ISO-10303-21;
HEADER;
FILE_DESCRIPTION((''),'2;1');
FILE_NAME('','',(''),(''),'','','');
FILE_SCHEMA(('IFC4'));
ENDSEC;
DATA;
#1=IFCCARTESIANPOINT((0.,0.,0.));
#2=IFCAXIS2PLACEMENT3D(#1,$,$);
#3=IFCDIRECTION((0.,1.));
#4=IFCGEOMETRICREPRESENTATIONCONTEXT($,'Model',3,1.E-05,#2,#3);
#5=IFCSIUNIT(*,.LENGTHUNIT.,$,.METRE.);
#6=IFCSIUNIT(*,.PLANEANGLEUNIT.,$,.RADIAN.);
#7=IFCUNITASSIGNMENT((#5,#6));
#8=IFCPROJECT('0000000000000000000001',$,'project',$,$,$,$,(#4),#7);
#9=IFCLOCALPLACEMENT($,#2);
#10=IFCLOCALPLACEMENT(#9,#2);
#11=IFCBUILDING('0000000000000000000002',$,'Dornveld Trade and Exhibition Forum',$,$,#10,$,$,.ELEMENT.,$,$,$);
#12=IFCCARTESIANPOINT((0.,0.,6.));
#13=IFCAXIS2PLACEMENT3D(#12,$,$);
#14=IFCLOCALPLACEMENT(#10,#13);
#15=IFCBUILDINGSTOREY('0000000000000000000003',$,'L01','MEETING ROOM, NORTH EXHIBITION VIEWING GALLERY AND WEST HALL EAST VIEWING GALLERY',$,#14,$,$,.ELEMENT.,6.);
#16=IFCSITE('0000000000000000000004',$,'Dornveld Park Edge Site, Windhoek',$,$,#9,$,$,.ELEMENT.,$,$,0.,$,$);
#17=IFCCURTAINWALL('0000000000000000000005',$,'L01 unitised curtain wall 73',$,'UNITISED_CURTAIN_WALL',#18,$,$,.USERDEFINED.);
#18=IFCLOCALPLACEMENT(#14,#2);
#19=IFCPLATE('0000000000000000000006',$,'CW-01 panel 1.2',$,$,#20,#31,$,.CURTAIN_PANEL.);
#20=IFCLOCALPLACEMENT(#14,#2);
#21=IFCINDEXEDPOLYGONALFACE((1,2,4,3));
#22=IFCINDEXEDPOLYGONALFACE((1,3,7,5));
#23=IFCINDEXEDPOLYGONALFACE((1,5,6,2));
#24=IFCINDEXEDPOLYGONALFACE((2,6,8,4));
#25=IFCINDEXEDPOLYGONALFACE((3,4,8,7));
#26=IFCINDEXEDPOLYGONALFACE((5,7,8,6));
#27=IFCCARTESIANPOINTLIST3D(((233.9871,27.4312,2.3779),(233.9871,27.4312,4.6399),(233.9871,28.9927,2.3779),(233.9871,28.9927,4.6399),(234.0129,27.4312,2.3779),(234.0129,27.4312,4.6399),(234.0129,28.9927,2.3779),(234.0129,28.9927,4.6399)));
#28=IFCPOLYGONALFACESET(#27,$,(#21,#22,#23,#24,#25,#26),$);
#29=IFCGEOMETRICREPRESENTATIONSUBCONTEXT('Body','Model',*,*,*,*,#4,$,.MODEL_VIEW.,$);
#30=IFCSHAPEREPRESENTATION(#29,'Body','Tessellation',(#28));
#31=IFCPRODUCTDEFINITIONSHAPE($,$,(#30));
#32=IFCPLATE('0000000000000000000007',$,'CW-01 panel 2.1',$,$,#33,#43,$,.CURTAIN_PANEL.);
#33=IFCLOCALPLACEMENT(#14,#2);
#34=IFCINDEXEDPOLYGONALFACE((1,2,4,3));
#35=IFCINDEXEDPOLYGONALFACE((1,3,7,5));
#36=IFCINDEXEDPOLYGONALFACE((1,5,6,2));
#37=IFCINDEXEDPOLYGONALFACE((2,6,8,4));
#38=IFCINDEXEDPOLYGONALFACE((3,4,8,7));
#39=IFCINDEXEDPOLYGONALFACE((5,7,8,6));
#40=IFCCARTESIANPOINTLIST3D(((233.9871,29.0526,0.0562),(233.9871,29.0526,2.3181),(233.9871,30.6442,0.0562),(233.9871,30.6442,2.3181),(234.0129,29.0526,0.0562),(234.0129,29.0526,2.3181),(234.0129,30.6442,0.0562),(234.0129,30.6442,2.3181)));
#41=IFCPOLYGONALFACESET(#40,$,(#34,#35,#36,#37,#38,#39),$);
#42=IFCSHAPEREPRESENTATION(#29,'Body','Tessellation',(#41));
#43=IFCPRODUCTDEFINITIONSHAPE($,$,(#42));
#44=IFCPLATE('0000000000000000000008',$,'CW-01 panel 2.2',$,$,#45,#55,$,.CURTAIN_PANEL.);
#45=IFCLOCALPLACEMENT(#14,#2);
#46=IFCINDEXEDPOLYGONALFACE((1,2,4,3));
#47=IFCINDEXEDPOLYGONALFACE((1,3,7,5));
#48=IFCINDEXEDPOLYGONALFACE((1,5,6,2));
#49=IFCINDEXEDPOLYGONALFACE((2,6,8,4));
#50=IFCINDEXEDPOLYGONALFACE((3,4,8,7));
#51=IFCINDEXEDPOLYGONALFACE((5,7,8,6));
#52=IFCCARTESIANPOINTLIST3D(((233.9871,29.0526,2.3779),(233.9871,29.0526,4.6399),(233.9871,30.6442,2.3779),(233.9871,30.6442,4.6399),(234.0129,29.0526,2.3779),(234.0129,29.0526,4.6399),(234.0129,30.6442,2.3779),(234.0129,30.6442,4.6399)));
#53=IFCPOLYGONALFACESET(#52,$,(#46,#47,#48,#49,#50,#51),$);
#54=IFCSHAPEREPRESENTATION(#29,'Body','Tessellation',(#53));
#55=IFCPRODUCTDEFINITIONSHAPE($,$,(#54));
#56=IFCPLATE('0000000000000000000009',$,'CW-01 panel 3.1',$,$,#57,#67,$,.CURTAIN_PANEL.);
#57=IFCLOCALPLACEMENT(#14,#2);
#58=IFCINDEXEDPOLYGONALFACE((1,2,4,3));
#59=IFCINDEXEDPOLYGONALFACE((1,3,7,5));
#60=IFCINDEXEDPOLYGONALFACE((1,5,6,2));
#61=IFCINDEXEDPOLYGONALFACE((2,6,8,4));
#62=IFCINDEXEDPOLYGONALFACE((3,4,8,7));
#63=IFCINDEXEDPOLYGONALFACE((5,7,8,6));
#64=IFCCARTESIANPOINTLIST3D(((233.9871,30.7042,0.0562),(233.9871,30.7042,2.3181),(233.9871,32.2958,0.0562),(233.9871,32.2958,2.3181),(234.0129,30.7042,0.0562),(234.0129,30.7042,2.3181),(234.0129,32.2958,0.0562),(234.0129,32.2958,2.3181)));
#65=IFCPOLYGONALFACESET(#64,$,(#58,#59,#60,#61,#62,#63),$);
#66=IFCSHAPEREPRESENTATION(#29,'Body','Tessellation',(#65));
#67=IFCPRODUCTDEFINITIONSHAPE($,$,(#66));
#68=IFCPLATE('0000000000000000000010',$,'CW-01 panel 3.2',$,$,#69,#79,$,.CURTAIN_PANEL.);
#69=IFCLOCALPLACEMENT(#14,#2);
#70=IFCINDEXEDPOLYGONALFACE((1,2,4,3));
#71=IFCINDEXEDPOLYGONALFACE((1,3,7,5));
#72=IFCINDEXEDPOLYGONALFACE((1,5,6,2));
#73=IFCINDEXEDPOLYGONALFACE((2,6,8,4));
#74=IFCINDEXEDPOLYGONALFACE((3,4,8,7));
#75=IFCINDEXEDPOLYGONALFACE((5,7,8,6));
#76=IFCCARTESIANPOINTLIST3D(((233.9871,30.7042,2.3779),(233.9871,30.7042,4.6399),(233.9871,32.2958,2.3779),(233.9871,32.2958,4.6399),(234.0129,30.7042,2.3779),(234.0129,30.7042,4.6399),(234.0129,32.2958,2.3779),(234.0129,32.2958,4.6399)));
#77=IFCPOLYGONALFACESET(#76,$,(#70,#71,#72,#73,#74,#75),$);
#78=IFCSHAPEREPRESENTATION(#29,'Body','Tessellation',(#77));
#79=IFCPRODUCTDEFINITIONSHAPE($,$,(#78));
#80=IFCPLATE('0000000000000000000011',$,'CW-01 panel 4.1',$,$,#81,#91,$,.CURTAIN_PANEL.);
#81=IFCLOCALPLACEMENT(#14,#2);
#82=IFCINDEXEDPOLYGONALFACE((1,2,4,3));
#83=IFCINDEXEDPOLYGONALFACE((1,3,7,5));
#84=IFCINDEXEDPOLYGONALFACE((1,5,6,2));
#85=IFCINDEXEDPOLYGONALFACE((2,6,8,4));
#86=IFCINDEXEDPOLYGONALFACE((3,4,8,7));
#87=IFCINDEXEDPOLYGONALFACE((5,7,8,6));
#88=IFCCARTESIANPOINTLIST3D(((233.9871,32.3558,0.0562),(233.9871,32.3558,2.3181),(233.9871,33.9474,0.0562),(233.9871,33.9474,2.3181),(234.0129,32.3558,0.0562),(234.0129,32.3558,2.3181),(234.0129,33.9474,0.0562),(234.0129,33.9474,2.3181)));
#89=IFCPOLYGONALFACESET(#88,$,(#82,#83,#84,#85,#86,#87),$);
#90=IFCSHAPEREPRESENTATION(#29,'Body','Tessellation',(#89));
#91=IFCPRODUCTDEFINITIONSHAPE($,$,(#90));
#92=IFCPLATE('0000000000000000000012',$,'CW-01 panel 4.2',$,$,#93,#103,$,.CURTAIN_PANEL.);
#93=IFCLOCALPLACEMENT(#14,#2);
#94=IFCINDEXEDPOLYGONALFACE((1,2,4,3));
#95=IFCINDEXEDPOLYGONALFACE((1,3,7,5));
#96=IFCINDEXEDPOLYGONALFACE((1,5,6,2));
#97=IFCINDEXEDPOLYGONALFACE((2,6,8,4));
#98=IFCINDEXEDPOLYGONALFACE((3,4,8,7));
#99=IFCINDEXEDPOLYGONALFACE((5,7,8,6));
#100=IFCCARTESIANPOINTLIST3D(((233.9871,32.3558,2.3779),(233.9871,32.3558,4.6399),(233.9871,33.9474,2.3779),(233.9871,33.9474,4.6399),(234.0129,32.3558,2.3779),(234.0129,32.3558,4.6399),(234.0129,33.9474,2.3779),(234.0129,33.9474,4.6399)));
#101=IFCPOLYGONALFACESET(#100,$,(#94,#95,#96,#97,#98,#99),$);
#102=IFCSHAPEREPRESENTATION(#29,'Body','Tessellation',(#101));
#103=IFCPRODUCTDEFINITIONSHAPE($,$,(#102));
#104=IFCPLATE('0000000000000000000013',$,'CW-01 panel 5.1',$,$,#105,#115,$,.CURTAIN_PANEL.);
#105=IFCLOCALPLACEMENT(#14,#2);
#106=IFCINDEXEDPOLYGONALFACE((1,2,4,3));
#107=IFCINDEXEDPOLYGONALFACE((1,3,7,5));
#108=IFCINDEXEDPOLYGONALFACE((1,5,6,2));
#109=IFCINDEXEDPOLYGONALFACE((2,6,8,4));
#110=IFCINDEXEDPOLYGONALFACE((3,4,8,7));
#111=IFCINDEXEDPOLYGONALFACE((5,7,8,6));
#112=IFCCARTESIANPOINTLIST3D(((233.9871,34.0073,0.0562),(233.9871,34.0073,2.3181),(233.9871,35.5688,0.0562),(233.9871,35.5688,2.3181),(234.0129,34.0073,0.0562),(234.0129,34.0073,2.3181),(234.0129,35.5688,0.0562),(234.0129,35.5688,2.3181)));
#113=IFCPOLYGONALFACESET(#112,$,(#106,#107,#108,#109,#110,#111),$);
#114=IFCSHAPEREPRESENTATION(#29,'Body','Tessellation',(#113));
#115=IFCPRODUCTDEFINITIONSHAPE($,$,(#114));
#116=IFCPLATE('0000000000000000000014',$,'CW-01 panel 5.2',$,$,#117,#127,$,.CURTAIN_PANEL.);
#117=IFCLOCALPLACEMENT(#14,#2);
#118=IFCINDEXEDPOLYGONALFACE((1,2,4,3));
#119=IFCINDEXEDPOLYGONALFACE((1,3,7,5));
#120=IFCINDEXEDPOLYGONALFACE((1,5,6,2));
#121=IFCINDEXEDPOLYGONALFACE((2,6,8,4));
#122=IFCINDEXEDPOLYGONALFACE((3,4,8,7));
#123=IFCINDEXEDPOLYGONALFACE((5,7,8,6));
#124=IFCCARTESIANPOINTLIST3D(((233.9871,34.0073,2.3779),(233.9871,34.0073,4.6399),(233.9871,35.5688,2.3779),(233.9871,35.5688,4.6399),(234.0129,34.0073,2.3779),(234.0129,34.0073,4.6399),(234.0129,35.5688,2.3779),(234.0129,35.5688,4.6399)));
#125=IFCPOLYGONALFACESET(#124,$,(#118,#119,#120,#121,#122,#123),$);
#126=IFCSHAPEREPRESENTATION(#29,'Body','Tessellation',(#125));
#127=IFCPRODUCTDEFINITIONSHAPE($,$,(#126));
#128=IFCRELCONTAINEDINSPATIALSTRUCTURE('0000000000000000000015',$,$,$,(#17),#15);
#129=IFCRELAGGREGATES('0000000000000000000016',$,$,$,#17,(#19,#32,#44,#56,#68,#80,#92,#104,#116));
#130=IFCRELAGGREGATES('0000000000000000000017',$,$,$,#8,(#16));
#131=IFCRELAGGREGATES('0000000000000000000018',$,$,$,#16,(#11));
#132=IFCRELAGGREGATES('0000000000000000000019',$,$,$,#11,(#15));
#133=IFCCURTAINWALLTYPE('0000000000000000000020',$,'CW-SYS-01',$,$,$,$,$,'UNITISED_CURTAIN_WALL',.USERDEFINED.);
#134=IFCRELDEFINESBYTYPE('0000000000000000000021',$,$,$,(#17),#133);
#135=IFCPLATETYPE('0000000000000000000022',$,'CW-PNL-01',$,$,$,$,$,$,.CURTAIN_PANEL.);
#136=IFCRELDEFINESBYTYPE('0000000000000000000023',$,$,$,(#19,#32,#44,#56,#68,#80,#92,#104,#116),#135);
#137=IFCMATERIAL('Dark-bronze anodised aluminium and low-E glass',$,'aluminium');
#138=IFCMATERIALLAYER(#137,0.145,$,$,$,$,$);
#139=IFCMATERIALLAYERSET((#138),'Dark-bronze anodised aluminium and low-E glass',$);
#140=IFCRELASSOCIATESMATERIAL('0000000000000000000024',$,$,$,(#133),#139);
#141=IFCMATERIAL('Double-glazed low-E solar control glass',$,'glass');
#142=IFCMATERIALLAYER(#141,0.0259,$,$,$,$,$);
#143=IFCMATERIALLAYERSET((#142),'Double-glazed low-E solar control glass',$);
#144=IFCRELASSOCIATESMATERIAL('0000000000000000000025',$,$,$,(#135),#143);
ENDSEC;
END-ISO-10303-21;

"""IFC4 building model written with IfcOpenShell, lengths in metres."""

from ifc_helpers import new_model, si_unit, direction, frame, origin, origin_2d, place, context, subcontext, project, spatial, rectangle, extrude, material, layer, layer_set, type_object, element, aggregate, save


model = new_model("IFC4")

# Units and contexts
model_context = context("Model", 3, precision=1e-05, world=origin(), true_north=direction((0.0, 1.0)))
body_context = subcontext(model_context, "Body", "Model", "MODEL_VIEW")
ifc_project = project(units=[si_unit("LENGTHUNIT", "METRE"), si_unit("PLANEANGLEUNIT", "RADIAN")], contexts=[model_context])

# Site, building, storey
site_placement = place(None, origin())
site = spatial("IfcSite", under=ifc_project, at=site_placement, Name="Dornveld Park Edge Site, Windhoek", CompositionType="ELEMENT", RefElevation=0.0)
building_placement = place(site_placement, origin())
building = spatial("IfcBuilding", under=site, at=building_placement, Name="Dornveld Trade and Exhibition Forum", CompositionType="ELEMENT")
storey_placement = place(building_placement, frame((0.0, 0.0, 6.0)))
storey = spatial("IfcBuildingStorey", under=building, at=storey_placement, Name="L01", Description="MEETING ROOM, NORTH EXHIBITION VIEWING GALLERY AND WEST HALL EAST VIEWING GALLERY", CompositionType="ELEMENT", Elevation=6.0)

# Curtain wall, plates
ifc_material_1 = material(Name="Dark-bronze anodised aluminium and low-E glass", Category="aluminium")
ifc_layer_1 = layer(ifc_material_1, 0.145)
ifc_layer_set_1 = layer_set([ifc_layer_1], Name="Dark-bronze anodised aluminium and low-E glass")
curtain_wall_type = type_object("IfcCurtainWallType", Name="CW-SYS-01", ElementType="UNITISED_CURTAIN_WALL", PredefinedType="USERDEFINED", material=ifc_layer_set_1)
curtain_wall_placement = place(storey_placement, origin())
curtain_wall = element("IfcCurtainWall", 1, at=curtain_wall_placement, inside=storey, type_object=curtain_wall_type, Name="L01 unitised curtain wall 73", ObjectType="UNITISED_CURTAIN_WALL", PredefinedType="USERDEFINED")
ifc_material_2 = material(Name="Double-glazed low-E solar control glass", Category="glass")
ifc_layer_2 = layer(ifc_material_2, 0.0259)
ifc_layer_set_2 = layer_set([ifc_layer_2], Name="Double-glazed low-E solar control glass")
plate_type = type_object("IfcPlateType", Name="CW-PNL-01", PredefinedType="CURTAIN_PANEL", material=ifc_layer_set_2)
plate_1_placement = place(storey_placement, frame((234.0, 28.2119, 2.3779), z_axis=(0.0, 0.0, 1.0), x_axis=(0.0, 1.0, 0.0)))
plate_1 = element("IfcPlate", 2, at=plate_1_placement, type_object=plate_type, Name="CW-01 panel 1.2", PredefinedType="CURTAIN_PANEL", context=body_context, shape_type="SweptSolid", body=[
    extrude(rectangle(XDim=1.5615, YDim=0.0259, at=origin_2d()), origin(), (0.0, 0.0, 1.0), 2.262),
])
plate_2_placement = place(storey_placement, frame((234.0, 29.8484, 0.0562), z_axis=(0.0, 0.0, 1.0), x_axis=(0.0, 1.0, 0.0)))
plate_2 = element("IfcPlate", 3, at=plate_2_placement, type_object=plate_type, Name="CW-01 panel 2.1", PredefinedType="CURTAIN_PANEL", context=body_context, shape_type="SweptSolid", body=[
    extrude(rectangle(XDim=1.5916, YDim=0.0259, at=origin_2d()), origin(), (0.0, 0.0, 1.0), 2.262),
])
plate_3_placement = place(storey_placement, frame((234.0, 29.8484, 2.3779), z_axis=(0.0, 0.0, 1.0), x_axis=(0.0, 1.0, 0.0)))
plate_3 = element("IfcPlate", 4, at=plate_3_placement, type_object=plate_type, Name="CW-01 panel 2.2", PredefinedType="CURTAIN_PANEL", context=body_context, shape_type="SweptSolid", body=[
    extrude(rectangle(XDim=1.5916, YDim=0.0259, at=origin_2d()), origin(), (0.0, 0.0, 1.0), 2.262),
])
plate_4_placement = place(storey_placement, frame((234.0, 31.5, 0.0562), z_axis=(0.0, 0.0, 1.0), x_axis=(0.0, 1.0, 0.0)))
plate_4 = element("IfcPlate", 5, at=plate_4_placement, type_object=plate_type, Name="CW-01 panel 3.1", PredefinedType="CURTAIN_PANEL", context=body_context, shape_type="SweptSolid", body=[
    extrude(rectangle(XDim=1.5916, YDim=0.0259, at=origin_2d()), origin(), (0.0, 0.0, 1.0), 2.262),
])
plate_5_placement = place(storey_placement, frame((234.0, 31.5, 2.3779), z_axis=(0.0, 0.0, 1.0), x_axis=(0.0, 1.0, 0.0)))
plate_5 = element("IfcPlate", 6, at=plate_5_placement, type_object=plate_type, Name="CW-01 panel 3.2", PredefinedType="CURTAIN_PANEL", context=body_context, shape_type="SweptSolid", body=[
    extrude(rectangle(XDim=1.5916, YDim=0.0259, at=origin_2d()), origin(), (0.0, 0.0, 1.0), 2.262),
])
plate_6_placement = place(storey_placement, frame((234.0, 33.1516, 0.0562), z_axis=(0.0, 0.0, 1.0), x_axis=(0.0, 1.0, 0.0)))
plate_6 = element("IfcPlate", 7, at=plate_6_placement, type_object=plate_type, Name="CW-01 panel 4.1", PredefinedType="CURTAIN_PANEL", context=body_context, shape_type="SweptSolid", body=[
    extrude(rectangle(XDim=1.5916, YDim=0.0259, at=origin_2d()), origin(), (0.0, 0.0, 1.0), 2.262),
])
plate_7_placement = place(storey_placement, frame((234.0, 33.1516, 2.3779), z_axis=(0.0, 0.0, 1.0), x_axis=(0.0, 1.0, 0.0)))
plate_7 = element("IfcPlate", 8, at=plate_7_placement, type_object=plate_type, Name="CW-01 panel 4.2", PredefinedType="CURTAIN_PANEL", context=body_context, shape_type="SweptSolid", body=[
    extrude(rectangle(XDim=1.5916, YDim=0.0259, at=origin_2d()), origin(), (0.0, 0.0, 1.0), 2.262),
])
plate_8_placement = place(storey_placement, frame((234.0, 34.7881, 0.0562), z_axis=(0.0, 0.0, 1.0), x_axis=(0.0, 1.0, 0.0)))
plate_8 = element("IfcPlate", 9, at=plate_8_placement, type_object=plate_type, Name="CW-01 panel 5.1", PredefinedType="CURTAIN_PANEL", context=body_context, shape_type="SweptSolid", body=[
    extrude(rectangle(XDim=1.5615, YDim=0.0259, at=origin_2d()), origin(), (0.0, 0.0, 1.0), 2.262),
])
plate_9_placement = place(storey_placement, frame((234.0, 34.7881, 2.3779), z_axis=(0.0, 0.0, 1.0), x_axis=(0.0, 1.0, 0.0)))
plate_9 = element("IfcPlate", 10, at=plate_9_placement, type_object=plate_type, Name="CW-01 panel 5.2", PredefinedType="CURTAIN_PANEL", context=body_context, shape_type="SweptSolid", body=[
    extrude(rectangle(XDim=1.5615, YDim=0.0259, at=origin_2d()), origin(), (0.0, 0.0, 1.0), 2.262),
])
aggregate(curtain_wall, [plate_1, plate_2, plate_3, plate_4, plate_5, plate_6, plate_7, plate_8, plate_9])

save(model, "model.ifc")
